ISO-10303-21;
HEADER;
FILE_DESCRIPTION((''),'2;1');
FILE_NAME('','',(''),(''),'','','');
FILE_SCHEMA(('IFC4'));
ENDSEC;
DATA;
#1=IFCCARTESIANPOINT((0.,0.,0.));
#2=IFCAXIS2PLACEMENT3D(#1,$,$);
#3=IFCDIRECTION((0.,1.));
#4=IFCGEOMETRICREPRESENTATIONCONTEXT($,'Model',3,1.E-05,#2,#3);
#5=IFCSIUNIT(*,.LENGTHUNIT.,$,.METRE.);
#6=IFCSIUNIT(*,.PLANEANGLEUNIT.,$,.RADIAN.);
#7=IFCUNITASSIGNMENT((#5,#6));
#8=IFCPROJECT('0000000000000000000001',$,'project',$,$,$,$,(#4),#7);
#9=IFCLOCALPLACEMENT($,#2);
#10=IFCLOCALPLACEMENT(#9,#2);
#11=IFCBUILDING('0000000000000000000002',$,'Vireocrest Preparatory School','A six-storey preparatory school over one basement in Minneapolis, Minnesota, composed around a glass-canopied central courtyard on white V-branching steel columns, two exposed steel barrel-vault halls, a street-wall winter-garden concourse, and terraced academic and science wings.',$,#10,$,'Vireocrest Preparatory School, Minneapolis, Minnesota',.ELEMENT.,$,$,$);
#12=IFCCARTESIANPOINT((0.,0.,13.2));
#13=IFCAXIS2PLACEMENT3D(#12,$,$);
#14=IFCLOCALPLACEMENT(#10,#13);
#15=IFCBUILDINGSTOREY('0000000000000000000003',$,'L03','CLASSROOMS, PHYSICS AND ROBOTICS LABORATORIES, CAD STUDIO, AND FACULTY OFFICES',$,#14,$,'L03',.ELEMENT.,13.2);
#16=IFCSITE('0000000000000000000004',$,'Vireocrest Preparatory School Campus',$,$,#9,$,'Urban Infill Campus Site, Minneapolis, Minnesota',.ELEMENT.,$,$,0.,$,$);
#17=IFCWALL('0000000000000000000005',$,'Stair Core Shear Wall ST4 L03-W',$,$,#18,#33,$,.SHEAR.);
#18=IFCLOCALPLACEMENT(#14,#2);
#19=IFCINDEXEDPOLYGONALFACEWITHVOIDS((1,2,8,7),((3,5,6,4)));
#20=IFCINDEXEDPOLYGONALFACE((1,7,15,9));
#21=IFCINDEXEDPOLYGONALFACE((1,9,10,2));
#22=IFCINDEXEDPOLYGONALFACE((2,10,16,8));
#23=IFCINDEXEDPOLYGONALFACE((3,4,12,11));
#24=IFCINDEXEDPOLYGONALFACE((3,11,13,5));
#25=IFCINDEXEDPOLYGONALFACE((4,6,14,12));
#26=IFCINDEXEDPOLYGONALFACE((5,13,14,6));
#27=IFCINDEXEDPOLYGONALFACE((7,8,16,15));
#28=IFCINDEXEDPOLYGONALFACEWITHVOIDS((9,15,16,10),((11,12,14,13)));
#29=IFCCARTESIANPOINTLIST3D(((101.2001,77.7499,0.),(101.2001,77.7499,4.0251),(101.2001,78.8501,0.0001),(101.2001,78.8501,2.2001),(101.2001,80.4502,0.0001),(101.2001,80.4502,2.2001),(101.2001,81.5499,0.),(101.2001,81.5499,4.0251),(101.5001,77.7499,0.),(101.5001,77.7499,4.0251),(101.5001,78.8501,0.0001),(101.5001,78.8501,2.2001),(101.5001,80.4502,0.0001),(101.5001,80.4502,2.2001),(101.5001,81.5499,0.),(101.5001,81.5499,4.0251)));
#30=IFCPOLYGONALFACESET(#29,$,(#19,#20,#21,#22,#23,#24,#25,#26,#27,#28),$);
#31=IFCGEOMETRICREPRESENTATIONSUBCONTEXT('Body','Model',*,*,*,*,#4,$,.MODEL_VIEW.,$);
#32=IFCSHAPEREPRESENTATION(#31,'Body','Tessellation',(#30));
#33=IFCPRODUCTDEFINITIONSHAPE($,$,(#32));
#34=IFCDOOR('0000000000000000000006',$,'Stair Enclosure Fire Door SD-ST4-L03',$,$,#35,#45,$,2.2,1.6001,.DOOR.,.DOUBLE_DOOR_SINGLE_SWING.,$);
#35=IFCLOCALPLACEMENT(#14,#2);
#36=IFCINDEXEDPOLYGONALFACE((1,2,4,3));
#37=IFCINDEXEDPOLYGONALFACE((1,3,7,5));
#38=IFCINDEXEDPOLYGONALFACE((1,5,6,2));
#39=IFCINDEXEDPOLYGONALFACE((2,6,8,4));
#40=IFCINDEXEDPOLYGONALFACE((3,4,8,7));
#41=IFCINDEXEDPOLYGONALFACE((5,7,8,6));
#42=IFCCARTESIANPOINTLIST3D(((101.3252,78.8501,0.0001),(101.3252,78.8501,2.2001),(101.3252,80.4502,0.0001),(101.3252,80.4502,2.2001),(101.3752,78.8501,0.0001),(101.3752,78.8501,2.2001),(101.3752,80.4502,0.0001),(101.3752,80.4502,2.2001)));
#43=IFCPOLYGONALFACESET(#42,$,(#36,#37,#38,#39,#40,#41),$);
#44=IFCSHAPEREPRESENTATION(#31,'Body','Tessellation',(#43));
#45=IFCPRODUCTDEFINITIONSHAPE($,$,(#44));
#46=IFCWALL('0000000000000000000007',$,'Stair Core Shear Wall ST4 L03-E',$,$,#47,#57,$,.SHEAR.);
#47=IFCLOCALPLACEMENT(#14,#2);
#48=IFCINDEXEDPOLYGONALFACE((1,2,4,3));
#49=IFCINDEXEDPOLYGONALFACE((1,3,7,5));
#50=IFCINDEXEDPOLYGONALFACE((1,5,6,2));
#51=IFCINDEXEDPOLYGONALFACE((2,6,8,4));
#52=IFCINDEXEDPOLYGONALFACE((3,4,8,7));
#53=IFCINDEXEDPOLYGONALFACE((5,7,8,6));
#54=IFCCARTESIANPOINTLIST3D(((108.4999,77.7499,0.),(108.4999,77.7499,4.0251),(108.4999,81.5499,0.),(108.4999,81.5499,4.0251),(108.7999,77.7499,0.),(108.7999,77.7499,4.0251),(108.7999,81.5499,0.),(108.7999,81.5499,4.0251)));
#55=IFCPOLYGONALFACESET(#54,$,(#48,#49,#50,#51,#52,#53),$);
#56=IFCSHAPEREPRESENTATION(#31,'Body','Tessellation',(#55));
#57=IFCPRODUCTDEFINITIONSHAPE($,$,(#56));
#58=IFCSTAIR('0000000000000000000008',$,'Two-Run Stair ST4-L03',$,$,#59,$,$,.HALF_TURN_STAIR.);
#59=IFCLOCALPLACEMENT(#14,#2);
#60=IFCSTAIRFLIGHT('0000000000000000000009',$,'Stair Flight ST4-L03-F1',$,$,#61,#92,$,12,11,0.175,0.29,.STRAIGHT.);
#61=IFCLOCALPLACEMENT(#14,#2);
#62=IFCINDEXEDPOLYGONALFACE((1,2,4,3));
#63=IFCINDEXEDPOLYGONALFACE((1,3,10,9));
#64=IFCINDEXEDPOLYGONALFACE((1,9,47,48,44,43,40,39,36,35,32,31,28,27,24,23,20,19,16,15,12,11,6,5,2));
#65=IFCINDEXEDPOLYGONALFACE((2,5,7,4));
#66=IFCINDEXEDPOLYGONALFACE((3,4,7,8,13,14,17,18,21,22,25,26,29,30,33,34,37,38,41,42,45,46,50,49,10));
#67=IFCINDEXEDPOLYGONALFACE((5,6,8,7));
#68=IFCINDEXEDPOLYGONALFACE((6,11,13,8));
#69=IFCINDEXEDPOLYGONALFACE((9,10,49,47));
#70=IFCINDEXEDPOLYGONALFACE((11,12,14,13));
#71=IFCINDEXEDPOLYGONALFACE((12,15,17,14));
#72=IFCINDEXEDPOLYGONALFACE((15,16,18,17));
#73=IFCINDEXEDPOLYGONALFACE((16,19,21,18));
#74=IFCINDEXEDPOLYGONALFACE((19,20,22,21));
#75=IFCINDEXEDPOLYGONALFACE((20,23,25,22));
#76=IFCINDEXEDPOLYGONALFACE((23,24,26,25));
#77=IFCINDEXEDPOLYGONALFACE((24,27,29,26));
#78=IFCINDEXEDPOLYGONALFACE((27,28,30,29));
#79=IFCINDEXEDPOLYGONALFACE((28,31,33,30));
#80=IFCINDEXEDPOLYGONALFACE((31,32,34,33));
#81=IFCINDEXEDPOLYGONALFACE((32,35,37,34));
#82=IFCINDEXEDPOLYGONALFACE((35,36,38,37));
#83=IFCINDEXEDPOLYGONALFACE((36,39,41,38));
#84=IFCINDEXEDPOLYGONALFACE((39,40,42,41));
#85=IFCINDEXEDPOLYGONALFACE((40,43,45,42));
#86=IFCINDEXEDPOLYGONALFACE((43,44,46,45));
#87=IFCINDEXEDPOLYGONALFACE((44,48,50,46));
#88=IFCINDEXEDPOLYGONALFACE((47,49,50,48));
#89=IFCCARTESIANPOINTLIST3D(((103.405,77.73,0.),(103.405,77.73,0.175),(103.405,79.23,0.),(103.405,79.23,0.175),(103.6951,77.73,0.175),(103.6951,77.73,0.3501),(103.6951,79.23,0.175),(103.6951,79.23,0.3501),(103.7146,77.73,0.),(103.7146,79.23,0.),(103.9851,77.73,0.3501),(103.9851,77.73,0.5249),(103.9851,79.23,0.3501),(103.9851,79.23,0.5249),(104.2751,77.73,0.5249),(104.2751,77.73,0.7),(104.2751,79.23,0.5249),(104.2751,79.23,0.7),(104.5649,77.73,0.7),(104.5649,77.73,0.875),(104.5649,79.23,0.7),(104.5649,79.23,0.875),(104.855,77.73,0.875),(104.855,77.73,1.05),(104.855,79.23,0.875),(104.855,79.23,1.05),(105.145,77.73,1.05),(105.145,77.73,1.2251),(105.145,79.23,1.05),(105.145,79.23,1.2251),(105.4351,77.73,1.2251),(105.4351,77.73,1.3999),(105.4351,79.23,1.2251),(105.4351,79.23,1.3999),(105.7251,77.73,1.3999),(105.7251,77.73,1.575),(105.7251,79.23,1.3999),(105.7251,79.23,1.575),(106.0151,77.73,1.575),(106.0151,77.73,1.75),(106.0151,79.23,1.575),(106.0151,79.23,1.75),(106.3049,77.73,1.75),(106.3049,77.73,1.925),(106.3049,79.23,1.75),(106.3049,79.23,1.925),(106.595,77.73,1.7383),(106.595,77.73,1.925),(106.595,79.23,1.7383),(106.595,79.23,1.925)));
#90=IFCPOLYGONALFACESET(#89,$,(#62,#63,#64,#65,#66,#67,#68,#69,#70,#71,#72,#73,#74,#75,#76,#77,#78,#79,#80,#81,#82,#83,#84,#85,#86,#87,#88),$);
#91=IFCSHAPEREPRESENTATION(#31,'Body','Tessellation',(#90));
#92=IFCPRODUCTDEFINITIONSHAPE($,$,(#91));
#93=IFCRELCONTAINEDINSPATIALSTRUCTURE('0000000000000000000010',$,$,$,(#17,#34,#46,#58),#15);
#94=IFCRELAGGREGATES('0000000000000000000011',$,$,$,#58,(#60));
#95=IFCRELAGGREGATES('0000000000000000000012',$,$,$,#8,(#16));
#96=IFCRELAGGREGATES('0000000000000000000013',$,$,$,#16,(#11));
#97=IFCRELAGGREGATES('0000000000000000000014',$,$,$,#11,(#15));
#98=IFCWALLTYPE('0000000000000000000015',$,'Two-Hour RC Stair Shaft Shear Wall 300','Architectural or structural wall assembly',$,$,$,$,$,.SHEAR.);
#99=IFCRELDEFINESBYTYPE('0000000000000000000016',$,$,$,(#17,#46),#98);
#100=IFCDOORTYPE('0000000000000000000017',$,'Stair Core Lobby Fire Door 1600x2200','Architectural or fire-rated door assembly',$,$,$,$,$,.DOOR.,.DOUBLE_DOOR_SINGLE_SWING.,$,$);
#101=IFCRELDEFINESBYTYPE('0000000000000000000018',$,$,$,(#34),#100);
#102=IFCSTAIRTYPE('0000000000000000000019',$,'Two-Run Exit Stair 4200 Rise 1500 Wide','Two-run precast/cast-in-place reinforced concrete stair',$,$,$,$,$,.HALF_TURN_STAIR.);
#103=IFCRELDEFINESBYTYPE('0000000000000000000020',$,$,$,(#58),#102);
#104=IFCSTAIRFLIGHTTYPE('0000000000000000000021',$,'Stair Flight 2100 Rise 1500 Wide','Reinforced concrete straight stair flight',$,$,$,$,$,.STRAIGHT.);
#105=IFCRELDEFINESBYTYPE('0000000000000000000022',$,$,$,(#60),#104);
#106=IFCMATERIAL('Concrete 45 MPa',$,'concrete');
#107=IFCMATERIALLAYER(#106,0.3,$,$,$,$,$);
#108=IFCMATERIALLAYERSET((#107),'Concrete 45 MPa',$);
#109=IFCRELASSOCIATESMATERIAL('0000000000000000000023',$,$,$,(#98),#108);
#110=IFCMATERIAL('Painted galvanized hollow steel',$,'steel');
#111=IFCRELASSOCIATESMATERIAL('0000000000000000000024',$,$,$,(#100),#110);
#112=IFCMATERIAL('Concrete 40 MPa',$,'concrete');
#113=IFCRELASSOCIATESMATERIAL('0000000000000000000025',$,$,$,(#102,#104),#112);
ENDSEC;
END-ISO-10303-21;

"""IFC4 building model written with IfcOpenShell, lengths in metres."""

from ifc_helpers import new_model, si_unit, direction, frame, frame_2d, origin, place, context, subcontext, project, spatial, polyline, rectangle, outline, extrude, material, layer, layer_set, type_object, element, fill, aggregate, save


model = new_model("IFC4")

# Units and contexts
model_context = context("Model", 3, precision=1e-05, world=origin(), true_north=direction((0.0, 1.0)))
body_context = subcontext(model_context, "Body", "Model", "MODEL_VIEW")
ifc_project = project(units=[si_unit("LENGTHUNIT", "METRE"), si_unit("PLANEANGLEUNIT", "RADIAN")], contexts=[model_context])

# Site, building, storey
site_placement = place(None, origin())
site = spatial("IfcSite", under=ifc_project, at=site_placement, Name="Vireocrest Preparatory School Campus", LongName="Urban Infill Campus Site, Minneapolis, Minnesota", CompositionType="ELEMENT", RefElevation=0.0)
building_placement = place(site_placement, origin())
building = spatial("IfcBuilding", under=site, at=building_placement, Name="Vireocrest Preparatory School", Description="A six-storey preparatory school over one basement in Minneapolis, Minnesota, composed around a glass-canopied central courtyard on white V-branching steel columns, two exposed steel barrel-vault halls, a street-wall winter-garden concourse, and terraced academic and science wings.", LongName="Vireocrest Preparatory School, Minneapolis, Minnesota", CompositionType="ELEMENT")
storey_placement = place(building_placement, frame((0.0, 0.0, 13.2)))
storey = spatial("IfcBuildingStorey", under=building, at=storey_placement, Name="L03", Description="CLASSROOMS, PHYSICS AND ROBOTICS LABORATORIES, CAD STUDIO, AND FACULTY OFFICES", LongName="L03", CompositionType="ELEMENT", Elevation=13.2)

# Shared definitions
ifc_material_1 = material(Name="Concrete 45 MPa", Category="concrete")

# Shared definitions
ifc_material_2 = material(Name="Concrete 40 MPa", Category="concrete")

# Shared definitions
ifc_layer_1 = layer(ifc_material_1, 0.3)
ifc_layer_set_1 = layer_set([ifc_layer_1], Name="Concrete 45 MPa")
wall_type_1 = type_object("IfcWallType", Name="Two-Hour RC Stair Shaft Shear Wall 300", Description="Architectural or structural wall assembly", PredefinedType="SHEAR", material=ifc_layer_set_1)

# Wall, opening, door
wall_1_placement = place(storey_placement, frame((101.3501, 77.75, 0.0), z_axis=(0.0, 0.0, 1.0), x_axis=(0.0, 1.0, 0.0)))
wall_1 = element("IfcWall", 1, at=wall_1_placement, inside=storey, type_object=wall_type_1, Name="Stair Core Shear Wall ST4 L03-W", PredefinedType="SHEAR", context=body_context, shape_type="SweptSolid", body=[
    extrude(rectangle(XDim=3.8, YDim=0.3, at=frame_2d((1.8999, 0.0))), origin(), (0.0, 0.0, 1.0), 4.0251),
])
opening_1_placement = place(wall_1_placement, frame((1.1001, 0.0, 0.0)))
opening_1 = element("IfcOpeningElement", 2, at=opening_1_placement, cuts=wall_1, PredefinedType="OPENING", context=body_context, shape_type="SweptSolid", body=[
    extrude(rectangle(XDim=1.6001, YDim=2.2, at=frame_2d((0.8, 1.1001))), frame((0.0, 0.1599, 0.0), z_axis=(0.0, -1.0, 0.0), x_axis=(1.0, 0.0, 0.0)), (0.0, 0.0, 1.0), 0.3201),
])
ifc_material_3 = material(Name="Painted galvanized hollow steel", Category="steel")
door_type = type_object("IfcDoorType", Name="Stair Core Lobby Fire Door 1600x2200", Description="Architectural or fire-rated door assembly", OperationType="DOUBLE_DOOR_SINGLE_SWING", PredefinedType="DOOR", material=ifc_material_3)
door_placement = place(opening_1_placement, origin())
door = element("IfcDoor", 3, at=door_placement, inside=storey, type_object=door_type, Name="Stair Enclosure Fire Door SD-ST4-L03", OperationType="DOUBLE_DOOR_SINGLE_SWING", OverallHeight=2.2, OverallWidth=1.6001, PredefinedType="DOOR", context=body_context, shape_type="SweptSolid", body=[
    extrude(rectangle(XDim=1.6001, YDim=2.2, at=frame_2d((0.8, 1.1001))), frame((0.0, 0.0249, 0.0), z_axis=(0.0, -1.0, 0.0), x_axis=(1.0, 0.0, 0.0)), (0.0, 0.0, 1.0), 0.05),
])
fill(opening_1, door)

# Wall
wall_2_placement = place(storey_placement, frame((108.6499, 77.75, 0.0), z_axis=(0.0, 0.0, 1.0), x_axis=(0.0, 1.0, 0.0)))
element("IfcWall", 4, at=wall_2_placement, inside=storey, type_object=wall_type_1, Name="Stair Core Shear Wall ST4 L03-E", PredefinedType="SHEAR", context=body_context, shape_type="SweptSolid", body=[
    extrude(rectangle(XDim=3.8, YDim=0.3, at=frame_2d((1.8999, 0.0))), origin(), (0.0, 0.0, 1.0), 4.0251),
])

# Stair, stair flight
stair_type = type_object("IfcStairType", Name="Two-Run Exit Stair 4200 Rise 1500 Wide", Description="Two-run precast/cast-in-place reinforced concrete stair", PredefinedType="HALF_TURN_STAIR", material=ifc_material_2)
stair_placement = place(storey_placement, origin())
stair = element("IfcStair", 5, at=stair_placement, inside=storey, type_object=stair_type, Name="Two-Run Stair ST4-L03", PredefinedType="HALF_TURN_STAIR")
stair_flight_type = type_object("IfcStairFlightType", Name="Stair Flight 2100 Rise 1500 Wide", Description="Reinforced concrete straight stair flight", PredefinedType="STRAIGHT", material=ifc_material_2)
stair_flight_placement = place(storey_placement, frame((103.405, 78.48, 0.0), z_axis=(0.0, 0.0, 1.0), x_axis=(1.0, 0.0, 0.0)))
stair_flight = element("IfcStairFlight", 6, at=stair_flight_placement, type_object=stair_flight_type, Name="Stair Flight ST4-L03-F1", NumberOfRisers=12, NumberOfTreads=11, PredefinedType="STRAIGHT", RiserHeight=0.175, TreadLength=0.29, context=body_context, shape_type="SweptSolid", body=[
    extrude(outline(polyline([(0.0, 0.0), (0.0, 0.175), (0.29, 0.175), (0.29, 0.3501), (0.5801, 0.3501), (0.5801, 0.5249), (0.8701, 0.5249), (0.8701, 0.7), (1.1599, 0.7), (1.1599, 0.875), (1.45, 0.875), (1.45, 1.05), (1.74, 1.05), (1.74, 1.2251), (2.03, 1.2251), (2.03, 1.3999), (2.3201, 1.3999), (2.3201, 1.575), (2.6101, 1.575), (2.6101, 1.75), (2.8999, 1.75), (2.8999, 1.925), (3.1899, 1.925), (3.1899, 2.1001), (3.1899, 1.7383), (0.3096, 0.0), (0.0, 0.0)])), frame((0.0, 0.75, 0.0), z_axis=(0.0, -1.0, 0.0), x_axis=(1.0, 0.0, 0.0)), (0.0, 0.0, 1.0), 1.5),
])
aggregate(stair, [stair_flight])

save(model, "model.ifc")
